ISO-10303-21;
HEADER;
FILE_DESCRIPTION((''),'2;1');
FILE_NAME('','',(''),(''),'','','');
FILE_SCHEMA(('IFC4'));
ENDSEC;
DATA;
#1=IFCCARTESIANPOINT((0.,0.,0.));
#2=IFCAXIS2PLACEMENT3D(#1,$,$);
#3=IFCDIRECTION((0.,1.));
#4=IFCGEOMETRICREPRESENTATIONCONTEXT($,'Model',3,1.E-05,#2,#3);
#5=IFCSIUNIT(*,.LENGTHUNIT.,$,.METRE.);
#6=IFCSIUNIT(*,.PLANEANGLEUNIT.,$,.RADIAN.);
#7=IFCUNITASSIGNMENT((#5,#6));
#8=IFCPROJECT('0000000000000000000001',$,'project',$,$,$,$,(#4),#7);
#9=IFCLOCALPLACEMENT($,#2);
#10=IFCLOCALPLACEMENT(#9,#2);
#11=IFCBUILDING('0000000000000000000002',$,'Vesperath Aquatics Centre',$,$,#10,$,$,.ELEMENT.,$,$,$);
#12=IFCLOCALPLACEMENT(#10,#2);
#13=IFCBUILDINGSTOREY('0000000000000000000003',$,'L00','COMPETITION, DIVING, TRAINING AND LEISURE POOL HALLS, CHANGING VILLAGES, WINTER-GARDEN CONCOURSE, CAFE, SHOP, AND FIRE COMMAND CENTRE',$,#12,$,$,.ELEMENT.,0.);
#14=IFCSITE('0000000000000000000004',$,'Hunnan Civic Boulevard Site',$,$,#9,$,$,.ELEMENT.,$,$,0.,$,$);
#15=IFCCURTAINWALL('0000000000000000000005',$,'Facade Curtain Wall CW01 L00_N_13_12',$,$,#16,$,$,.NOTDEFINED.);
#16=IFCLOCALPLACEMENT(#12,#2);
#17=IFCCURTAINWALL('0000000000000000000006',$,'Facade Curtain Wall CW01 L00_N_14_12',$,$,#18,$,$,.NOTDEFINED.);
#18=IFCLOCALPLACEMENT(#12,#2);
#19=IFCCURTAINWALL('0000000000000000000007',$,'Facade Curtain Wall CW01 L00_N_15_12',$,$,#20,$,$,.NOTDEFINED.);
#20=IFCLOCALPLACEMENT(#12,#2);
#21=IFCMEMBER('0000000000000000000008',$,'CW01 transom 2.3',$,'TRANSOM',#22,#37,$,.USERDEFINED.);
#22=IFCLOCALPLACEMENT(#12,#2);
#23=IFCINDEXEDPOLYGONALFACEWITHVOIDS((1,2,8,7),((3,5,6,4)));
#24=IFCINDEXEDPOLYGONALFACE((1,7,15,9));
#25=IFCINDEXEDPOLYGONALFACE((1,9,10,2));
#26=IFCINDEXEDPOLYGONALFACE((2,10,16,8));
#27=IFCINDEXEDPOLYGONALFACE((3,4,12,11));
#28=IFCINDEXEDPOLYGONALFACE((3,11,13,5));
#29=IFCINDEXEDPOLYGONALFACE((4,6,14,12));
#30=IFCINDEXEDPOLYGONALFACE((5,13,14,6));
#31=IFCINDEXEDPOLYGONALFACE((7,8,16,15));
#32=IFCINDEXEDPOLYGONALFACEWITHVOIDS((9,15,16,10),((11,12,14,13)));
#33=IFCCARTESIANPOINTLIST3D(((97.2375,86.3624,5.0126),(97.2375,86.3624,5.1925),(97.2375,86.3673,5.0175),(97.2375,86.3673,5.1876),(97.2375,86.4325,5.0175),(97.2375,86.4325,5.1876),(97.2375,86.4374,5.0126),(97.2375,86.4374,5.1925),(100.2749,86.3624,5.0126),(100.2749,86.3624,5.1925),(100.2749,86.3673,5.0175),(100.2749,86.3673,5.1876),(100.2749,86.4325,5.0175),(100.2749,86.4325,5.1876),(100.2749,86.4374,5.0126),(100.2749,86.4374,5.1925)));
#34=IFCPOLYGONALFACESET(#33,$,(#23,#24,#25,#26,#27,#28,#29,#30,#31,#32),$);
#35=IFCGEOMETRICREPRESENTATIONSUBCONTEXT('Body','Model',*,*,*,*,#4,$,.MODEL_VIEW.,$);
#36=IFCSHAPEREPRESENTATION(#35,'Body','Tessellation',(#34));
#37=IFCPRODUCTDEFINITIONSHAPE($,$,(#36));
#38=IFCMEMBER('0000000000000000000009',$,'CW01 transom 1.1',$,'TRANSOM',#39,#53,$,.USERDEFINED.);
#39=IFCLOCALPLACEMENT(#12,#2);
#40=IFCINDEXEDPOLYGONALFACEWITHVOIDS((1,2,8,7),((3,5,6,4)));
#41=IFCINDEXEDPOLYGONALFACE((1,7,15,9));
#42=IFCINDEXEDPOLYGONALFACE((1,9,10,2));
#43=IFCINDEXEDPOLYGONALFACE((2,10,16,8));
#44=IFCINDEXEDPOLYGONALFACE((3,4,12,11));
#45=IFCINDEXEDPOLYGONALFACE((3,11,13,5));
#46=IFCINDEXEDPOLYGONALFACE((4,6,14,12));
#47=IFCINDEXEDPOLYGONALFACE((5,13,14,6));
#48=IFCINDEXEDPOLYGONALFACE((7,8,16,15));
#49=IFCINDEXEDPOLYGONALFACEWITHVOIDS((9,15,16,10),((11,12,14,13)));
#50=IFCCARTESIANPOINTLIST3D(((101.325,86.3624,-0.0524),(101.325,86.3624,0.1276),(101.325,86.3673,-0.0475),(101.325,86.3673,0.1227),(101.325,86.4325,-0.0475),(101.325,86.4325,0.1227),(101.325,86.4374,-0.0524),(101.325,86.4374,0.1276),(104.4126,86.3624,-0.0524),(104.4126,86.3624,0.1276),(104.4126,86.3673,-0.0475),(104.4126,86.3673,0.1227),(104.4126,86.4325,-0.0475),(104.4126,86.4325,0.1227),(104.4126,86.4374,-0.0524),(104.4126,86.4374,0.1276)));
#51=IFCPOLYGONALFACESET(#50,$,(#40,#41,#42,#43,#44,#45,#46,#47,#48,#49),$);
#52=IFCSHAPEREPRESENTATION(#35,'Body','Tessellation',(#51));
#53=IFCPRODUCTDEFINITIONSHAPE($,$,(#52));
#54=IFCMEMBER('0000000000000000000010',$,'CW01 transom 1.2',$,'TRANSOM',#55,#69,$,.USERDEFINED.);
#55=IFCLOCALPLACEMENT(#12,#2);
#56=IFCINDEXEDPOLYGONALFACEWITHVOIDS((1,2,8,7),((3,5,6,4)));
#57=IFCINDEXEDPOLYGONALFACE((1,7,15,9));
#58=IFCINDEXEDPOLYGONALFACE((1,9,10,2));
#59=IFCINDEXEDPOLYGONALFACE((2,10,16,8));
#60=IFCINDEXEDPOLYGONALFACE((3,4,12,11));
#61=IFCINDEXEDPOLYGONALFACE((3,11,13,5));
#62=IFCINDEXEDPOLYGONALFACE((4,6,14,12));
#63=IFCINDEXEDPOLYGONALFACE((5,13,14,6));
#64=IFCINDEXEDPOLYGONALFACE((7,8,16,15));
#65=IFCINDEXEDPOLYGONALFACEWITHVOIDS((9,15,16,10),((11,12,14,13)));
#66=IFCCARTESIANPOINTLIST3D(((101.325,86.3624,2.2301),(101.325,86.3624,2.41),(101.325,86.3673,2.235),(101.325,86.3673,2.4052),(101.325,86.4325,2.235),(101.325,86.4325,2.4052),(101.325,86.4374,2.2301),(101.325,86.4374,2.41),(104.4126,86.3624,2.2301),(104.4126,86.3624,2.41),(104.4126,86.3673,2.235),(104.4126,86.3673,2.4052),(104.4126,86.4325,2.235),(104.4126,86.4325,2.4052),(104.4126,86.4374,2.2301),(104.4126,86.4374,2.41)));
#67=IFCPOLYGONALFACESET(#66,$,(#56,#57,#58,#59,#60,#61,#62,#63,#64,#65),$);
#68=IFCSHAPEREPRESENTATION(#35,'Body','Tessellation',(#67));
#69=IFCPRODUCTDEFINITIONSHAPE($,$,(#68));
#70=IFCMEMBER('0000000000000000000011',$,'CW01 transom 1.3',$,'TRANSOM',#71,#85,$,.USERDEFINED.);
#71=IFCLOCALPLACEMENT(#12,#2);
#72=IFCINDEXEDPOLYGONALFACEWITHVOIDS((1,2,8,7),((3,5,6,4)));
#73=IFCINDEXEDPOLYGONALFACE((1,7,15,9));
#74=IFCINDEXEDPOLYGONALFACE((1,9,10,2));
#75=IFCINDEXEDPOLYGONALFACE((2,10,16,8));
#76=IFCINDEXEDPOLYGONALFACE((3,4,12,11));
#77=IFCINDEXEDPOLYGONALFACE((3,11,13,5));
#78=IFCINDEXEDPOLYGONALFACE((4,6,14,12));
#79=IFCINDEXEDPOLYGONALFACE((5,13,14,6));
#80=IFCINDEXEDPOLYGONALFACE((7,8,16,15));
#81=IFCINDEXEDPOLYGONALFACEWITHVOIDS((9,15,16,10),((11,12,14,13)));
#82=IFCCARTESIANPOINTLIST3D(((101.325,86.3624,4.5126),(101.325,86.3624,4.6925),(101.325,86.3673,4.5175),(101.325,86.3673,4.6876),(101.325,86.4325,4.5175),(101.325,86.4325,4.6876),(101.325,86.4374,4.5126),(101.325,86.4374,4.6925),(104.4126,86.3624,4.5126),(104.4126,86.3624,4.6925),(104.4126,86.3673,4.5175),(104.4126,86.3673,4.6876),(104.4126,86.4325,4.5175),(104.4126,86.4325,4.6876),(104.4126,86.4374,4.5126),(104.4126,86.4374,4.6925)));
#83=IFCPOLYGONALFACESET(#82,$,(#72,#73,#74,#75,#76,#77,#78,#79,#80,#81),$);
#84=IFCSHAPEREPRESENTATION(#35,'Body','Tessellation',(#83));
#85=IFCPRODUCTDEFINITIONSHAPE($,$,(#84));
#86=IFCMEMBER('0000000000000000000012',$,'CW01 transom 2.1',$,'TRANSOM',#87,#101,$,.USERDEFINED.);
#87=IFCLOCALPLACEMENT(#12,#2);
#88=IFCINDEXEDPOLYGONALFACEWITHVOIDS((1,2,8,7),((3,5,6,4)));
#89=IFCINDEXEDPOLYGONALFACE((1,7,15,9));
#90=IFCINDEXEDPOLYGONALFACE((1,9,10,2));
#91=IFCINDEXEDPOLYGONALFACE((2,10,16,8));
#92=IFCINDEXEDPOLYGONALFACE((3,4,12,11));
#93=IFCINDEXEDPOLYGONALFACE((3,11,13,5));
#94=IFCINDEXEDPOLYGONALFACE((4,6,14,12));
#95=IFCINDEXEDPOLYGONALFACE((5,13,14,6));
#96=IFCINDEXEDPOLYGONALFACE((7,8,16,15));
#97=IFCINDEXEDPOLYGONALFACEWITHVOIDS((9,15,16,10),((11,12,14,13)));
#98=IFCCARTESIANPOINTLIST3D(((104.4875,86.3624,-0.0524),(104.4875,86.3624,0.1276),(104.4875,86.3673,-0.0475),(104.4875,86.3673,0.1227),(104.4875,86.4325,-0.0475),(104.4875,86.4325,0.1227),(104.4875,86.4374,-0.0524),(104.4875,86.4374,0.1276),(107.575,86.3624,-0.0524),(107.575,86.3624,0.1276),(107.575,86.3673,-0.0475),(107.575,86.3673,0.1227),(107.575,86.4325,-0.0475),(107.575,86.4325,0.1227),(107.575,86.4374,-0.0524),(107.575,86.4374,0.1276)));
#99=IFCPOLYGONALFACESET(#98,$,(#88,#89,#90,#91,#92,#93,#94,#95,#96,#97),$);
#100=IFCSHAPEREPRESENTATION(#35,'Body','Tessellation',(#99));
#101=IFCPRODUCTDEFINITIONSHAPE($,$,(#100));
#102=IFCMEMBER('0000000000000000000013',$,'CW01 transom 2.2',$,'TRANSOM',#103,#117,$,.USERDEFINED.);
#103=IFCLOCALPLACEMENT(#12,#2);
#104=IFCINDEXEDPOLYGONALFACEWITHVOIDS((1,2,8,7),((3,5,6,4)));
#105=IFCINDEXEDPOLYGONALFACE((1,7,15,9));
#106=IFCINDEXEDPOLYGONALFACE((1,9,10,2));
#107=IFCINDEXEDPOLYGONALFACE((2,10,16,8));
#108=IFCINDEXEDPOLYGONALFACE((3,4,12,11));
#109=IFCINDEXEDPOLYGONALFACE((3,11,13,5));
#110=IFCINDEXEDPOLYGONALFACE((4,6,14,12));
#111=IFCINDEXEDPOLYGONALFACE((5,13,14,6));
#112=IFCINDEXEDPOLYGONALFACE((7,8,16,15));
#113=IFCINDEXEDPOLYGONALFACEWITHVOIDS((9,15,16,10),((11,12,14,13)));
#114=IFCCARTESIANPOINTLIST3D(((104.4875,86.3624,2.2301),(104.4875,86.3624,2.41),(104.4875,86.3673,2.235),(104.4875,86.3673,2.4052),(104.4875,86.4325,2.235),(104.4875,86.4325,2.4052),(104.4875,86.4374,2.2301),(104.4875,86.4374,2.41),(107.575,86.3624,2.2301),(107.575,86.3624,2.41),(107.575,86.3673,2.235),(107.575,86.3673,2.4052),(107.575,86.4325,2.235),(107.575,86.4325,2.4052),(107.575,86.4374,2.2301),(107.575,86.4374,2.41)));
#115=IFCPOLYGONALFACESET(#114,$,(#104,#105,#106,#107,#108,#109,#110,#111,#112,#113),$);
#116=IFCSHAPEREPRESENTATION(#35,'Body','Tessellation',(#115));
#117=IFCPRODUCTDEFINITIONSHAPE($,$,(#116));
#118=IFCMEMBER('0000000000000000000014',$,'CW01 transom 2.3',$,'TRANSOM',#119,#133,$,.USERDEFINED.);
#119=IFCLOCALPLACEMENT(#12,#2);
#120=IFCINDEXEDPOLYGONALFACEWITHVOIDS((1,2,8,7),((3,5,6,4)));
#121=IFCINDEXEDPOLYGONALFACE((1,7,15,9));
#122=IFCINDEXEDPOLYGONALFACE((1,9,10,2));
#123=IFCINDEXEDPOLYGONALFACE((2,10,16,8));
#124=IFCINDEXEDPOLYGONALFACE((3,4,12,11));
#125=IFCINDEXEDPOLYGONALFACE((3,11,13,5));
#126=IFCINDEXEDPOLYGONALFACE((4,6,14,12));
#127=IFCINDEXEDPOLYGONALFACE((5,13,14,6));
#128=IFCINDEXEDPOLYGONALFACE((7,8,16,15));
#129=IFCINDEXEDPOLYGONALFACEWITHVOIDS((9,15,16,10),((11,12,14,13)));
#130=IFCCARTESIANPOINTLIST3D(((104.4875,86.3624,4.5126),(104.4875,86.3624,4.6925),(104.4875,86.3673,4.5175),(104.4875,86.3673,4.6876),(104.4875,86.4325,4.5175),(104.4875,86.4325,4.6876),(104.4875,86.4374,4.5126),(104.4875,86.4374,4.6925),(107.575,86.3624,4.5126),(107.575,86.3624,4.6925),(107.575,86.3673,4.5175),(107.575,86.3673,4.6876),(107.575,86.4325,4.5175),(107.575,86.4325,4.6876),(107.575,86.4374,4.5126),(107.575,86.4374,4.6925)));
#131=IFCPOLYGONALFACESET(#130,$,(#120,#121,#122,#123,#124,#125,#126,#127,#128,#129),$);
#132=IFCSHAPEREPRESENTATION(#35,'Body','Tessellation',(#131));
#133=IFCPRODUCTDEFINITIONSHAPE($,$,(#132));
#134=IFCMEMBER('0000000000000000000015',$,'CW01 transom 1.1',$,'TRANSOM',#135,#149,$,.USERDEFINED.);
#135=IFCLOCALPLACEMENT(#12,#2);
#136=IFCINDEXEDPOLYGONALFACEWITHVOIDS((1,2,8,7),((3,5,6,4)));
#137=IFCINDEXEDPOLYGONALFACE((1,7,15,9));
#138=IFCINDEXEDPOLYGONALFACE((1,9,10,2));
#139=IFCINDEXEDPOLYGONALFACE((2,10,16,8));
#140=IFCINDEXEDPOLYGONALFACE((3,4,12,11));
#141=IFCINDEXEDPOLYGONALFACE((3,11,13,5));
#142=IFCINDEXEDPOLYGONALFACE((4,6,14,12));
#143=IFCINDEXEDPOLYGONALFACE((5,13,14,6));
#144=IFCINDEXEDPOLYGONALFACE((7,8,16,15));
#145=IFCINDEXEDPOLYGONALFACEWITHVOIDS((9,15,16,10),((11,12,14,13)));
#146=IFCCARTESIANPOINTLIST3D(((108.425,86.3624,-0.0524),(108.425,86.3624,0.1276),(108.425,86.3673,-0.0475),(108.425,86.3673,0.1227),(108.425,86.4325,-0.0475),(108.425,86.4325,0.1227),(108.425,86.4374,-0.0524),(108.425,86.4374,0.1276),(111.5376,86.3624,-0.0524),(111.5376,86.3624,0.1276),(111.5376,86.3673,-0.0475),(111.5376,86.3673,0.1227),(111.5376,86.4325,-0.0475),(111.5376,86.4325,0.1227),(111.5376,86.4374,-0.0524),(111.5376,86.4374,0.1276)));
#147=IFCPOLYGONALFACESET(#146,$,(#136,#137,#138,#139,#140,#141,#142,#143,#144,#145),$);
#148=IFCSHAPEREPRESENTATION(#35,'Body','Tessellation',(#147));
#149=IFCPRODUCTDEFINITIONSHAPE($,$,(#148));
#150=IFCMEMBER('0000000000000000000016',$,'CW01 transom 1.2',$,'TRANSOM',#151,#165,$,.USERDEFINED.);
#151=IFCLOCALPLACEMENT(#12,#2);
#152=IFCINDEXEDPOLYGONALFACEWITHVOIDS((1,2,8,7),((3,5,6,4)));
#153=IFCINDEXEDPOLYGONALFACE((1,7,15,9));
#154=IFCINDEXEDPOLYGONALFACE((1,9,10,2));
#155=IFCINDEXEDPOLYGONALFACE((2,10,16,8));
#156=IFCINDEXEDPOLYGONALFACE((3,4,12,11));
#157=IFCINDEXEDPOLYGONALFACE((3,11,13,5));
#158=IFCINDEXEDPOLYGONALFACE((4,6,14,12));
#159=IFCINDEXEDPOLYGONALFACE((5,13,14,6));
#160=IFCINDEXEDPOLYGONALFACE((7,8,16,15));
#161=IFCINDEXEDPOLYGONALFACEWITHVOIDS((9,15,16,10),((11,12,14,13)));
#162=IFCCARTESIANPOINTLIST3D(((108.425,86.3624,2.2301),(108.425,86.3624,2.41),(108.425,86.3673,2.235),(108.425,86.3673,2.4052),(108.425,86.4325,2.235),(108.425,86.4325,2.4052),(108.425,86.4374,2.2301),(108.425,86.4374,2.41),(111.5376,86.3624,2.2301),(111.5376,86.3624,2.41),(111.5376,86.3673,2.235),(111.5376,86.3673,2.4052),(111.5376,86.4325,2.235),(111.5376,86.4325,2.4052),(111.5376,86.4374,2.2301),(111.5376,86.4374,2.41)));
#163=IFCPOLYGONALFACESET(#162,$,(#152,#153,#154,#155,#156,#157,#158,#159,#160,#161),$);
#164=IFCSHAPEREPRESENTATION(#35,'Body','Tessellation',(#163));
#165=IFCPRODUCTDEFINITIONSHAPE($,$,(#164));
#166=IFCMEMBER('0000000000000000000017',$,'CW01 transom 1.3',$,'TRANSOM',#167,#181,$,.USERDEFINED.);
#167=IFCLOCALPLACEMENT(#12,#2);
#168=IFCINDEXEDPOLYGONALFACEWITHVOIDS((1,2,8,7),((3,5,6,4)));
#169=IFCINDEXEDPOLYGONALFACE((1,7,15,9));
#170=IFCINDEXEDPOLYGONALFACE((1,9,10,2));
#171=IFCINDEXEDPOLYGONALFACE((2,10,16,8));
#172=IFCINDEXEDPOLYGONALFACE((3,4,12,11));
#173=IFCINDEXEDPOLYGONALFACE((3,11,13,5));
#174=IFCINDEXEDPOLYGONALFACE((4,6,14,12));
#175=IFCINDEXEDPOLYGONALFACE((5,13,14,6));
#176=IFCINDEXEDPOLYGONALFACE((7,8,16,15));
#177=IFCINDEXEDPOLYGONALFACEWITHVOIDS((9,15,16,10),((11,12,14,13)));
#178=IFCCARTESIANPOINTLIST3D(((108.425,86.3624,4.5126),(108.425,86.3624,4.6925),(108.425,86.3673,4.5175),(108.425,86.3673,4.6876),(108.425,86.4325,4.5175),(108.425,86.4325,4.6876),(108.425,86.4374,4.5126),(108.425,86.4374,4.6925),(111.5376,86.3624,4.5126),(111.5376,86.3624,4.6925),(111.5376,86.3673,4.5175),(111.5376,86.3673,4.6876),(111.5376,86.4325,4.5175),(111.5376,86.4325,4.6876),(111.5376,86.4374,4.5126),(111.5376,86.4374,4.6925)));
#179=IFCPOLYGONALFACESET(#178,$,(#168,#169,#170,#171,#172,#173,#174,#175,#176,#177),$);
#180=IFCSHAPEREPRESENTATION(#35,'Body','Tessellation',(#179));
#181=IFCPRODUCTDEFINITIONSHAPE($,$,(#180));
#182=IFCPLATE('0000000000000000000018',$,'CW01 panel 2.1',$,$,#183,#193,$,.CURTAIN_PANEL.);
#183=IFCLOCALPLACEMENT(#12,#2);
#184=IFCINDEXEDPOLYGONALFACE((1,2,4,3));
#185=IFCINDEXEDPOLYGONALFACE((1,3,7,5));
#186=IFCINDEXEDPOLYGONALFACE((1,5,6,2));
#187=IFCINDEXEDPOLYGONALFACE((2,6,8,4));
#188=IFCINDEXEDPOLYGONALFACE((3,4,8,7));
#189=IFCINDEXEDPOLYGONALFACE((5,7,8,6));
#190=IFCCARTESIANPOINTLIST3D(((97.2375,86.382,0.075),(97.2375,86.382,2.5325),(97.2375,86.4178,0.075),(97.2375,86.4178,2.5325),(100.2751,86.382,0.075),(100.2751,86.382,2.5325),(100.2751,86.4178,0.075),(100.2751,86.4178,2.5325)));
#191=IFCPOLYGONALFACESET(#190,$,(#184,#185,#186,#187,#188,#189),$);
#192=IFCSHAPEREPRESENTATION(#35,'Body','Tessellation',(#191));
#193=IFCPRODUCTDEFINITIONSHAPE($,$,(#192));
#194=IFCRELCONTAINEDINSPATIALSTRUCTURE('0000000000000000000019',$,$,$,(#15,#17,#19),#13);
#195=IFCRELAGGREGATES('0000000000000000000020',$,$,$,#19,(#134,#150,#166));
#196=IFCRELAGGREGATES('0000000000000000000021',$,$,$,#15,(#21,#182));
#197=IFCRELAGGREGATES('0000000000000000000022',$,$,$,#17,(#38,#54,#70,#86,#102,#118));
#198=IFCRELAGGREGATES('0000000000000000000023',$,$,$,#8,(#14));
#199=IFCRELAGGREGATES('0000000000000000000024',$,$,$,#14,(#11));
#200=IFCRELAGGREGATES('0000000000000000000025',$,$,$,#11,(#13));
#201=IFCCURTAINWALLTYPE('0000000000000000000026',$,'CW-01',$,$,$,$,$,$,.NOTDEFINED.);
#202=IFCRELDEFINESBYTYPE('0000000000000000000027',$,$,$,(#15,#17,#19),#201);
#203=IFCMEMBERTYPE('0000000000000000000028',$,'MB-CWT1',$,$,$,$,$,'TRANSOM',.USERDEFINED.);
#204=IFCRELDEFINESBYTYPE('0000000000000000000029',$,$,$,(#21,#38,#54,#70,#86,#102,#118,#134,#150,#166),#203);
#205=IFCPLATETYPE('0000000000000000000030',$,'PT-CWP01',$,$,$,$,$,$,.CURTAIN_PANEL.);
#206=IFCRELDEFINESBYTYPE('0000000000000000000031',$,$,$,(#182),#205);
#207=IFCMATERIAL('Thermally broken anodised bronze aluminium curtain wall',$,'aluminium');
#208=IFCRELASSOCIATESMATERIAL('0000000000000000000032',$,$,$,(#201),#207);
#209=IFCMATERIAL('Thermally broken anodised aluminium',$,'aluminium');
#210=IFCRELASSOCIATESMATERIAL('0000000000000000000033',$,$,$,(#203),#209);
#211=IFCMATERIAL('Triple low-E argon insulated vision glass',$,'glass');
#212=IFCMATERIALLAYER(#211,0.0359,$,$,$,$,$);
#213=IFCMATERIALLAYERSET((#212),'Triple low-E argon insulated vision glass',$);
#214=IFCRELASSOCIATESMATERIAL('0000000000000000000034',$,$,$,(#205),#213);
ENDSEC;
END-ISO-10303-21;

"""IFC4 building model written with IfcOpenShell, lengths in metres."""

from ifc_helpers import new_model, si_unit, direction, frame, origin, origin_2d, place, context, subcontext, project, spatial, rectangle, hollow_rectangle, extrude, material, layer, layer_set, material_profile, profile_set, type_object, element, aggregate, save


model = new_model("IFC4")

# Units and contexts
model_context = context("Model", 3, precision=1e-05, world=origin(), true_north=direction((0.0, 1.0)))
body_context = subcontext(model_context, "Body", "Model", "MODEL_VIEW")
ifc_project = project(units=[si_unit("LENGTHUNIT", "METRE"), si_unit("PLANEANGLEUNIT", "RADIAN")], contexts=[model_context])

# Site, building, storey
site_placement = place(None, origin())
site = spatial("IfcSite", under=ifc_project, at=site_placement, Name="Hunnan Civic Boulevard Site", CompositionType="ELEMENT", RefElevation=0.0)
building_placement = place(site_placement, origin())
building = spatial("IfcBuilding", under=site, at=building_placement, Name="Vesperath Aquatics Centre", CompositionType="ELEMENT")
storey_placement = place(building_placement, origin())
storey = spatial("IfcBuildingStorey", under=building, at=storey_placement, Name="L00", Description="COMPETITION, DIVING, TRAINING AND LEISURE POOL HALLS, CHANGING VILLAGES, WINTER-GARDEN CONCOURSE, CAFE, SHOP, AND FIRE COMMAND CENTRE", CompositionType="ELEMENT", Elevation=0.0)

# Curtain wall
ifc_material_1 = material(Name="Thermally broken anodised bronze aluminium curtain wall", Category="aluminium")
curtain_wall_type = type_object("IfcCurtainWallType", Name="CW-01", PredefinedType="NOTDEFINED", material=ifc_material_1)
curtain_wall_1_placement = place(storey_placement, origin())
curtain_wall_1 = element("IfcCurtainWall", 1, at=curtain_wall_1_placement, inside=storey, type_object=curtain_wall_type, Name="Facade Curtain Wall CW01 L00_N_13_12", PredefinedType="NOTDEFINED")
ifc_material_2 = material(Name="Thermally broken anodised aluminium", Category="aluminium")

# Curtain wall
curtain_wall_2_placement = place(storey_placement, origin())
curtain_wall_2 = element("IfcCurtainWall", 2, at=curtain_wall_2_placement, inside=storey, type_object=curtain_wall_type, Name="Facade Curtain Wall CW01 L00_N_14_12", PredefinedType="NOTDEFINED")

# Curtain wall
curtain_wall_3_placement = place(storey_placement, origin())
curtain_wall_3 = element("IfcCurtainWall", 3, at=curtain_wall_3_placement, inside=storey, type_object=curtain_wall_type, Name="Facade Curtain Wall CW01 L00_N_15_12", PredefinedType="NOTDEFINED")

# Members
ifc_material_profile_1 = material_profile(ifc_material_2, hollow_rectangle(XDim=0.075, YDim=0.1799, WallThickness=0.0049, at=origin_2d()), Name="CWT 75x180x5")
ifc_profile_set_1 = profile_set([ifc_material_profile_1], Name="Thermally broken anodised aluminium")
member_type_1 = type_object("IfcMemberType", Name="MB-CWT1", ElementType="TRANSOM", PredefinedType="USERDEFINED", material=ifc_profile_set_1)
member_1_placement = place(storey_placement, frame((97.2375, 86.3999, 5.1025), z_axis=(1.0, 0.0, 0.0), x_axis=(0.0, 1.0, 0.0)))
member_1 = element("IfcMember", 4, at=member_1_placement, type_object=member_type_1, Name="CW01 transom 2.3", ObjectType="TRANSOM", PredefinedType="USERDEFINED", context=body_context, shape_type="SweptSolid", body=[
    extrude(hollow_rectangle(XDim=0.075, YDim=0.1799, WallThickness=0.0049, at=origin_2d()), origin(), (0.0, 0.0, 1.0), 3.0374),
])
member_2_placement = place(storey_placement, frame((101.325, 86.3999, 0.0376), z_axis=(1.0, 0.0, 0.0), x_axis=(0.0, 1.0, 0.0)))
member_2 = element("IfcMember", 5, at=member_2_placement, type_object=member_type_1, Name="CW01 transom 1.1", ObjectType="TRANSOM", PredefinedType="USERDEFINED", context=body_context, shape_type="SweptSolid", body=[
    extrude(hollow_rectangle(XDim=0.075, YDim=0.1799, WallThickness=0.0049, at=origin_2d()), origin(), (0.0, 0.0, 1.0), 3.0876),
])
member_3_placement = place(storey_placement, frame((101.325, 86.3999, 2.3201), z_axis=(1.0, 0.0, 0.0), x_axis=(0.0, 1.0, 0.0)))
member_3 = element("IfcMember", 6, at=member_3_placement, type_object=member_type_1, Name="CW01 transom 1.2", ObjectType="TRANSOM", PredefinedType="USERDEFINED", context=body_context, shape_type="SweptSolid", body=[
    extrude(hollow_rectangle(XDim=0.075, YDim=0.1799, WallThickness=0.0049, at=origin_2d()), origin(), (0.0, 0.0, 1.0), 3.0876),
])
member_4_placement = place(storey_placement, frame((101.325, 86.3999, 4.6025), z_axis=(1.0, 0.0, 0.0), x_axis=(0.0, 1.0, 0.0)))
member_4 = element("IfcMember", 7, at=member_4_placement, type_object=member_type_1, Name="CW01 transom 1.3", ObjectType="TRANSOM", PredefinedType="USERDEFINED", context=body_context, shape_type="SweptSolid", body=[
    extrude(hollow_rectangle(XDim=0.075, YDim=0.1799, WallThickness=0.0049, at=origin_2d()), origin(), (0.0, 0.0, 1.0), 3.0876),
])
member_5_placement = place(storey_placement, frame((104.4875, 86.3999, 0.0376), z_axis=(1.0, 0.0, 0.0), x_axis=(0.0, 1.0, 0.0)))
member_5 = element("IfcMember", 8, at=member_5_placement, type_object=member_type_1, Name="CW01 transom 2.1", ObjectType="TRANSOM", PredefinedType="USERDEFINED", context=body_context, shape_type="SweptSolid", body=[
    extrude(hollow_rectangle(XDim=0.075, YDim=0.1799, WallThickness=0.0049, at=origin_2d()), origin(), (0.0, 0.0, 1.0), 3.0874),
])
member_6_placement = place(storey_placement, frame((104.4875, 86.3999, 2.3201), z_axis=(1.0, 0.0, 0.0), x_axis=(0.0, 1.0, 0.0)))
member_6 = element("IfcMember", 9, at=member_6_placement, type_object=member_type_1, Name="CW01 transom 2.2", ObjectType="TRANSOM", PredefinedType="USERDEFINED", context=body_context, shape_type="SweptSolid", body=[
    extrude(hollow_rectangle(XDim=0.075, YDim=0.1799, WallThickness=0.0049, at=origin_2d()), origin(), (0.0, 0.0, 1.0), 3.0874),
])
member_7_placement = place(storey_placement, frame((104.4875, 86.3999, 4.6025), z_axis=(1.0, 0.0, 0.0), x_axis=(0.0, 1.0, 0.0)))
member_7 = element("IfcMember", 10, at=member_7_placement, type_object=member_type_1, Name="CW01 transom 2.3", ObjectType="TRANSOM", PredefinedType="USERDEFINED", context=body_context, shape_type="SweptSolid", body=[
    extrude(hollow_rectangle(XDim=0.075, YDim=0.1799, WallThickness=0.0049, at=origin_2d()), origin(), (0.0, 0.0, 1.0), 3.0874),
])
member_8_placement = place(storey_placement, frame((108.425, 86.3999, 0.0376), z_axis=(1.0, 0.0, 0.0), x_axis=(0.0, 1.0, 0.0)))
member_8 = element("IfcMember", 11, at=member_8_placement, type_object=member_type_1, Name="CW01 transom 1.1", ObjectType="TRANSOM", PredefinedType="USERDEFINED", context=body_context, shape_type="SweptSolid", body=[
    extrude(hollow_rectangle(XDim=0.075, YDim=0.1799, WallThickness=0.0049, at=origin_2d()), origin(), (0.0, 0.0, 1.0), 3.1125),
])
member_9_placement = place(storey_placement, frame((108.425, 86.3999, 2.3201), z_axis=(1.0, 0.0, 0.0), x_axis=(0.0, 1.0, 0.0)))
member_9 = element("IfcMember", 12, at=member_9_placement, type_object=member_type_1, Name="CW01 transom 1.2", ObjectType="TRANSOM", PredefinedType="USERDEFINED", context=body_context, shape_type="SweptSolid", body=[
    extrude(hollow_rectangle(XDim=0.075, YDim=0.1799, WallThickness=0.0049, at=origin_2d()), origin(), (0.0, 0.0, 1.0), 3.1125),
])
member_10_placement = place(storey_placement, frame((108.425, 86.3999, 4.6025), z_axis=(1.0, 0.0, 0.0), x_axis=(0.0, 1.0, 0.0)))
member_10 = element("IfcMember", 13, at=member_10_placement, type_object=member_type_1, Name="CW01 transom 1.3", ObjectType="TRANSOM", PredefinedType="USERDEFINED", context=body_context, shape_type="SweptSolid", body=[
    extrude(hollow_rectangle(XDim=0.075, YDim=0.1799, WallThickness=0.0049, at=origin_2d()), origin(), (0.0, 0.0, 1.0), 3.1125),
])
aggregate(curtain_wall_3, [member_8, member_9, member_10])

# Plate
ifc_material_3 = material(Name="Triple low-E argon insulated vision glass", Category="glass")
ifc_layer = layer(ifc_material_3, 0.0359)
ifc_layer_set = layer_set([ifc_layer], Name="Triple low-E argon insulated vision glass")
plate_type = type_object("IfcPlateType", Name="PT-CWP01", PredefinedType="CURTAIN_PANEL", material=ifc_layer_set)
plate_1_placement = place(storey_placement, frame((98.7563, 86.3999, 0.075), z_axis=(0.0, 0.0, 1.0), x_axis=(1.0, 0.0, 0.0)))
plate_1 = element("IfcPlate", 14, at=plate_1_placement, type_object=plate_type, Name="CW01 panel 2.1", PredefinedType="CURTAIN_PANEL", context=body_context, shape_type="SweptSolid", body=[
    extrude(rectangle(XDim=3.0376, YDim=0.0359, at=origin_2d()), origin(), (0.0, 0.0, 1.0), 2.4575),
])
aggregate(curtain_wall_1, [member_1, plate_1])
aggregate(curtain_wall_2, [member_2, member_3, member_4, member_5, member_6, member_7])

save(model, "model.ifc")
